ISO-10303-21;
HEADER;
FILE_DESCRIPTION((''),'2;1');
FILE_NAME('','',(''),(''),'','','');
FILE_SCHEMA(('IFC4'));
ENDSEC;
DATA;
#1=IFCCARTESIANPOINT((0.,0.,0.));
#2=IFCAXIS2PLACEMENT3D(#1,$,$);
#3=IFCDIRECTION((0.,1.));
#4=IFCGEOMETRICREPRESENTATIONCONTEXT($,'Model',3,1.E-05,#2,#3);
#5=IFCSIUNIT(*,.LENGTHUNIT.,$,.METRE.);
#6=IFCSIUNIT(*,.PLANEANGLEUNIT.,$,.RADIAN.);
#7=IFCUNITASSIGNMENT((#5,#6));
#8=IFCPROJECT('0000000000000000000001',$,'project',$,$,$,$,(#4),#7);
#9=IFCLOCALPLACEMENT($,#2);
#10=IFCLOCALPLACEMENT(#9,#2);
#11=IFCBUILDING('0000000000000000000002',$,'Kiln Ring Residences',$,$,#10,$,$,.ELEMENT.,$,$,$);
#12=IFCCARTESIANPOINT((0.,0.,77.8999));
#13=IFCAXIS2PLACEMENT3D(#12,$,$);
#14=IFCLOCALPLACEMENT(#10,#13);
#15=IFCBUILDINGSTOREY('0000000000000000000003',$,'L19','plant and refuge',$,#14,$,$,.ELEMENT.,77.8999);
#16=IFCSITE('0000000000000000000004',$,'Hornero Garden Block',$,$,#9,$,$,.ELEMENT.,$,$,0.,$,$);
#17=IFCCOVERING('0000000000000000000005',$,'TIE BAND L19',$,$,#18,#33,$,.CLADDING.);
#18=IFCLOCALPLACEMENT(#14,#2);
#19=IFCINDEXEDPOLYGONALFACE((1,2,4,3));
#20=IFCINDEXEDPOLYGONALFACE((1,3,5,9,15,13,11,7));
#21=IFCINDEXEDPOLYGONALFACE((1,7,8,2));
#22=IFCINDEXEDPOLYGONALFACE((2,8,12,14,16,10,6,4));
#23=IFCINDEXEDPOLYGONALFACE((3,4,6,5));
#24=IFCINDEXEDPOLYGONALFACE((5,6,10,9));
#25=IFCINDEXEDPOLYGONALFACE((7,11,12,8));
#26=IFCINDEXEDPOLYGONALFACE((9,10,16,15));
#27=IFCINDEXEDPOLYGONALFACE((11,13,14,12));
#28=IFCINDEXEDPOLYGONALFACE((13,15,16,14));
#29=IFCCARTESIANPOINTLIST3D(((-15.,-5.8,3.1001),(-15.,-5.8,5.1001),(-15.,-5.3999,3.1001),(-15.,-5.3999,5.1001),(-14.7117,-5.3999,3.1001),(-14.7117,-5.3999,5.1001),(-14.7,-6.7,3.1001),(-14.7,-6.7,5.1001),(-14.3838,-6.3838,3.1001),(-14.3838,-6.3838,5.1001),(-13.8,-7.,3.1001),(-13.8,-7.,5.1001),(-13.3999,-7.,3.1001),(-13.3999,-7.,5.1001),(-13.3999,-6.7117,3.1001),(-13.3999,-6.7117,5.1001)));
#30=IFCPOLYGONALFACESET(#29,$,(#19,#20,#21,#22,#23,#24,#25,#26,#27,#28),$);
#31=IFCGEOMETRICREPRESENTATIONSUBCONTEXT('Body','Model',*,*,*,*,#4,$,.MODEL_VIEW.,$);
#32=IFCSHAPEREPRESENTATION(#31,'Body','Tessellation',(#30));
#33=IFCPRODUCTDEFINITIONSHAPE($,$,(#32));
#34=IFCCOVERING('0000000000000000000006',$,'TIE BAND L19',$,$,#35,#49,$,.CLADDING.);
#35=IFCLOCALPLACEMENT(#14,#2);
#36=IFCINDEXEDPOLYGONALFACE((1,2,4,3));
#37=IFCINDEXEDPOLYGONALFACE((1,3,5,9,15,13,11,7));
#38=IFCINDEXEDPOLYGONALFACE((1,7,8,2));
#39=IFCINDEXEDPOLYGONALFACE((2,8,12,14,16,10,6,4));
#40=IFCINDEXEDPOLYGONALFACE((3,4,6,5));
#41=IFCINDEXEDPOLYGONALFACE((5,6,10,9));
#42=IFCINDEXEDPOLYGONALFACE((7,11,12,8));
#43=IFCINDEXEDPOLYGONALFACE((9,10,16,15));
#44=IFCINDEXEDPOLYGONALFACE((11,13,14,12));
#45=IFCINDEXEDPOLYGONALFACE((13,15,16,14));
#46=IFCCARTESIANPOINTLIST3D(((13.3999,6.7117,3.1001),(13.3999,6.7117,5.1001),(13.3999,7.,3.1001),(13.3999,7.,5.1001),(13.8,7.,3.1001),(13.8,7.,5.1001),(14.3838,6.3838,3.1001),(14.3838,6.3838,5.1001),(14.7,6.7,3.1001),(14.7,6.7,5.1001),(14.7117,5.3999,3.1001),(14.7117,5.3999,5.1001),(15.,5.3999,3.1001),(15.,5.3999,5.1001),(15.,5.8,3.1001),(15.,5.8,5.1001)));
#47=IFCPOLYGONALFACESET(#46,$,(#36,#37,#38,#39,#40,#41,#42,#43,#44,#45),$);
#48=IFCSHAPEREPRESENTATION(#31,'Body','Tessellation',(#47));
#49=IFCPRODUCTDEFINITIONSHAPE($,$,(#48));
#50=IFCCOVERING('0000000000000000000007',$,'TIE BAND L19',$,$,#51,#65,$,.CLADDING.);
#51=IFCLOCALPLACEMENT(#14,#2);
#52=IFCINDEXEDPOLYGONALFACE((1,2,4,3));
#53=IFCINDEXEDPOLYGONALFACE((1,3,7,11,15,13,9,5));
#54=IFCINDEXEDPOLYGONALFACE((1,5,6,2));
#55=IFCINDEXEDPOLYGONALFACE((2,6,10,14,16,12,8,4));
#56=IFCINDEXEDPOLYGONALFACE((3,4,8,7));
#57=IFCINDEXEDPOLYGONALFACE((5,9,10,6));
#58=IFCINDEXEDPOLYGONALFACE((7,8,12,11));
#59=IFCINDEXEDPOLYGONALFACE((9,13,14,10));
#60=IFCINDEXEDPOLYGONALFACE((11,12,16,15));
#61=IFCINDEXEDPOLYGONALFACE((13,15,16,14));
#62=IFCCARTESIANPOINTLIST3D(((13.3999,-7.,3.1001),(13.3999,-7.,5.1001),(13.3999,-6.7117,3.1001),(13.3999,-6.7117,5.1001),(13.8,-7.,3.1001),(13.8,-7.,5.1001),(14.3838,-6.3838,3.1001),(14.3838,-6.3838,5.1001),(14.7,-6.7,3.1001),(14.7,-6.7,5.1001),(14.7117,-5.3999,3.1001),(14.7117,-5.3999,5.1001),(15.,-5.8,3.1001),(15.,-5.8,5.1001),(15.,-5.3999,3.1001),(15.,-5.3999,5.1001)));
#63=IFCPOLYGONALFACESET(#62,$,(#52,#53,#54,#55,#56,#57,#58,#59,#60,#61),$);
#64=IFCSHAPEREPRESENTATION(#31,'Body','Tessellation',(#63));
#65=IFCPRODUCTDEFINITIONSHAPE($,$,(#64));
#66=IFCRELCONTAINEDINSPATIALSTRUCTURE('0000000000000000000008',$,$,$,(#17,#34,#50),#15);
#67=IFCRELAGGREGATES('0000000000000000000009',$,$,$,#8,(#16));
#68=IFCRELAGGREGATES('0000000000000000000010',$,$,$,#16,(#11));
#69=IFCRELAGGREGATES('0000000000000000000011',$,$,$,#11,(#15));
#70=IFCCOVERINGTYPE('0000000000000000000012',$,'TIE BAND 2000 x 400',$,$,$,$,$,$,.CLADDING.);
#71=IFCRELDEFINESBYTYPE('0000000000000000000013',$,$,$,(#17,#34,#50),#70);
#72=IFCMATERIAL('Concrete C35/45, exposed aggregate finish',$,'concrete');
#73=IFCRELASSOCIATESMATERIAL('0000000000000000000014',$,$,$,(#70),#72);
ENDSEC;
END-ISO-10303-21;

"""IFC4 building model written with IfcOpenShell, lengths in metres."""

from ifc_helpers import new_model, si_unit, direction, frame, origin, place, context, subcontext, project, spatial, polyline, outline, extrude, material, type_object, element, save


model = new_model("IFC4")

# Units and contexts
model_context = context("Model", 3, precision=1e-05, world=origin(), true_north=direction((0.0, 1.0)))
body_context = subcontext(model_context, "Body", "Model", "MODEL_VIEW")
ifc_project = project(units=[si_unit("LENGTHUNIT", "METRE"), si_unit("PLANEANGLEUNIT", "RADIAN")], contexts=[model_context])

# Site, building, storey
site_placement = place(None, origin())
site = spatial("IfcSite", under=ifc_project, at=site_placement, Name="Hornero Garden Block", CompositionType="ELEMENT", RefElevation=0.0)
building_placement = place(site_placement, origin())
building = spatial("IfcBuilding", under=site, at=building_placement, Name="Kiln Ring Residences", CompositionType="ELEMENT")
storey_placement = place(building_placement, frame((0.0, 0.0, 77.8999)))
storey = spatial("IfcBuildingStorey", under=building, at=storey_placement, Name="L19", Description="plant and refuge", CompositionType="ELEMENT", Elevation=77.8999)

# Coverings
ifc_material_1 = material(Name="Concrete C35/45, exposed aggregate finish", Category="concrete")
covering_type_1 = type_object("IfcCoveringType", Name="TIE BAND 2000 x 400", PredefinedType="CLADDING", material=ifc_material_1)
placement_1 = place(storey_placement, frame((0.0, 0.0, 3.1001)))
element("IfcCovering", 1, at=placement_1, inside=storey, type_object=covering_type_1, Name="TIE BAND L19", PredefinedType="CLADDING", context=body_context, shape_type="SweptSolid", body=[
    extrude(outline(polyline([(-13.8, -7.0), (-13.3999, -7.0), (-13.3999, -6.7117), (-14.3838, -6.3838), (-14.7117, -5.3999), (-15.0, -5.3999), (-15.0, -5.8), (-14.7, -6.7), (-13.8, -7.0)])), origin(), (0.0, 0.0, 1.0), 2.0),
])
element("IfcCovering", 2, at=placement_1, inside=storey, type_object=covering_type_1, Name="TIE BAND L19", PredefinedType="CLADDING", context=body_context, shape_type="SweptSolid", body=[
    extrude(outline(polyline([(13.8, 7.0), (13.3999, 7.0), (13.3999, 6.7117), (14.3838, 6.3838), (14.7117, 5.3999), (15.0, 5.3999), (15.0, 5.8), (14.7, 6.7), (13.8, 7.0)])), origin(), (0.0, 0.0, 1.0), 2.0),
])
element("IfcCovering", 3, at=placement_1, inside=storey, type_object=covering_type_1, Name="TIE BAND L19", PredefinedType="CLADDING", context=body_context, shape_type="SweptSolid", body=[
    extrude(outline(polyline([(15.0, -5.8), (15.0, -5.3999), (14.7117, -5.3999), (14.3838, -6.3838), (13.3999, -6.7117), (13.3999, -7.0), (13.8, -7.0), (14.7, -6.7), (15.0, -5.8)])), origin(), (0.0, 0.0, 1.0), 2.0),
])

save(model, "model.ifc")
